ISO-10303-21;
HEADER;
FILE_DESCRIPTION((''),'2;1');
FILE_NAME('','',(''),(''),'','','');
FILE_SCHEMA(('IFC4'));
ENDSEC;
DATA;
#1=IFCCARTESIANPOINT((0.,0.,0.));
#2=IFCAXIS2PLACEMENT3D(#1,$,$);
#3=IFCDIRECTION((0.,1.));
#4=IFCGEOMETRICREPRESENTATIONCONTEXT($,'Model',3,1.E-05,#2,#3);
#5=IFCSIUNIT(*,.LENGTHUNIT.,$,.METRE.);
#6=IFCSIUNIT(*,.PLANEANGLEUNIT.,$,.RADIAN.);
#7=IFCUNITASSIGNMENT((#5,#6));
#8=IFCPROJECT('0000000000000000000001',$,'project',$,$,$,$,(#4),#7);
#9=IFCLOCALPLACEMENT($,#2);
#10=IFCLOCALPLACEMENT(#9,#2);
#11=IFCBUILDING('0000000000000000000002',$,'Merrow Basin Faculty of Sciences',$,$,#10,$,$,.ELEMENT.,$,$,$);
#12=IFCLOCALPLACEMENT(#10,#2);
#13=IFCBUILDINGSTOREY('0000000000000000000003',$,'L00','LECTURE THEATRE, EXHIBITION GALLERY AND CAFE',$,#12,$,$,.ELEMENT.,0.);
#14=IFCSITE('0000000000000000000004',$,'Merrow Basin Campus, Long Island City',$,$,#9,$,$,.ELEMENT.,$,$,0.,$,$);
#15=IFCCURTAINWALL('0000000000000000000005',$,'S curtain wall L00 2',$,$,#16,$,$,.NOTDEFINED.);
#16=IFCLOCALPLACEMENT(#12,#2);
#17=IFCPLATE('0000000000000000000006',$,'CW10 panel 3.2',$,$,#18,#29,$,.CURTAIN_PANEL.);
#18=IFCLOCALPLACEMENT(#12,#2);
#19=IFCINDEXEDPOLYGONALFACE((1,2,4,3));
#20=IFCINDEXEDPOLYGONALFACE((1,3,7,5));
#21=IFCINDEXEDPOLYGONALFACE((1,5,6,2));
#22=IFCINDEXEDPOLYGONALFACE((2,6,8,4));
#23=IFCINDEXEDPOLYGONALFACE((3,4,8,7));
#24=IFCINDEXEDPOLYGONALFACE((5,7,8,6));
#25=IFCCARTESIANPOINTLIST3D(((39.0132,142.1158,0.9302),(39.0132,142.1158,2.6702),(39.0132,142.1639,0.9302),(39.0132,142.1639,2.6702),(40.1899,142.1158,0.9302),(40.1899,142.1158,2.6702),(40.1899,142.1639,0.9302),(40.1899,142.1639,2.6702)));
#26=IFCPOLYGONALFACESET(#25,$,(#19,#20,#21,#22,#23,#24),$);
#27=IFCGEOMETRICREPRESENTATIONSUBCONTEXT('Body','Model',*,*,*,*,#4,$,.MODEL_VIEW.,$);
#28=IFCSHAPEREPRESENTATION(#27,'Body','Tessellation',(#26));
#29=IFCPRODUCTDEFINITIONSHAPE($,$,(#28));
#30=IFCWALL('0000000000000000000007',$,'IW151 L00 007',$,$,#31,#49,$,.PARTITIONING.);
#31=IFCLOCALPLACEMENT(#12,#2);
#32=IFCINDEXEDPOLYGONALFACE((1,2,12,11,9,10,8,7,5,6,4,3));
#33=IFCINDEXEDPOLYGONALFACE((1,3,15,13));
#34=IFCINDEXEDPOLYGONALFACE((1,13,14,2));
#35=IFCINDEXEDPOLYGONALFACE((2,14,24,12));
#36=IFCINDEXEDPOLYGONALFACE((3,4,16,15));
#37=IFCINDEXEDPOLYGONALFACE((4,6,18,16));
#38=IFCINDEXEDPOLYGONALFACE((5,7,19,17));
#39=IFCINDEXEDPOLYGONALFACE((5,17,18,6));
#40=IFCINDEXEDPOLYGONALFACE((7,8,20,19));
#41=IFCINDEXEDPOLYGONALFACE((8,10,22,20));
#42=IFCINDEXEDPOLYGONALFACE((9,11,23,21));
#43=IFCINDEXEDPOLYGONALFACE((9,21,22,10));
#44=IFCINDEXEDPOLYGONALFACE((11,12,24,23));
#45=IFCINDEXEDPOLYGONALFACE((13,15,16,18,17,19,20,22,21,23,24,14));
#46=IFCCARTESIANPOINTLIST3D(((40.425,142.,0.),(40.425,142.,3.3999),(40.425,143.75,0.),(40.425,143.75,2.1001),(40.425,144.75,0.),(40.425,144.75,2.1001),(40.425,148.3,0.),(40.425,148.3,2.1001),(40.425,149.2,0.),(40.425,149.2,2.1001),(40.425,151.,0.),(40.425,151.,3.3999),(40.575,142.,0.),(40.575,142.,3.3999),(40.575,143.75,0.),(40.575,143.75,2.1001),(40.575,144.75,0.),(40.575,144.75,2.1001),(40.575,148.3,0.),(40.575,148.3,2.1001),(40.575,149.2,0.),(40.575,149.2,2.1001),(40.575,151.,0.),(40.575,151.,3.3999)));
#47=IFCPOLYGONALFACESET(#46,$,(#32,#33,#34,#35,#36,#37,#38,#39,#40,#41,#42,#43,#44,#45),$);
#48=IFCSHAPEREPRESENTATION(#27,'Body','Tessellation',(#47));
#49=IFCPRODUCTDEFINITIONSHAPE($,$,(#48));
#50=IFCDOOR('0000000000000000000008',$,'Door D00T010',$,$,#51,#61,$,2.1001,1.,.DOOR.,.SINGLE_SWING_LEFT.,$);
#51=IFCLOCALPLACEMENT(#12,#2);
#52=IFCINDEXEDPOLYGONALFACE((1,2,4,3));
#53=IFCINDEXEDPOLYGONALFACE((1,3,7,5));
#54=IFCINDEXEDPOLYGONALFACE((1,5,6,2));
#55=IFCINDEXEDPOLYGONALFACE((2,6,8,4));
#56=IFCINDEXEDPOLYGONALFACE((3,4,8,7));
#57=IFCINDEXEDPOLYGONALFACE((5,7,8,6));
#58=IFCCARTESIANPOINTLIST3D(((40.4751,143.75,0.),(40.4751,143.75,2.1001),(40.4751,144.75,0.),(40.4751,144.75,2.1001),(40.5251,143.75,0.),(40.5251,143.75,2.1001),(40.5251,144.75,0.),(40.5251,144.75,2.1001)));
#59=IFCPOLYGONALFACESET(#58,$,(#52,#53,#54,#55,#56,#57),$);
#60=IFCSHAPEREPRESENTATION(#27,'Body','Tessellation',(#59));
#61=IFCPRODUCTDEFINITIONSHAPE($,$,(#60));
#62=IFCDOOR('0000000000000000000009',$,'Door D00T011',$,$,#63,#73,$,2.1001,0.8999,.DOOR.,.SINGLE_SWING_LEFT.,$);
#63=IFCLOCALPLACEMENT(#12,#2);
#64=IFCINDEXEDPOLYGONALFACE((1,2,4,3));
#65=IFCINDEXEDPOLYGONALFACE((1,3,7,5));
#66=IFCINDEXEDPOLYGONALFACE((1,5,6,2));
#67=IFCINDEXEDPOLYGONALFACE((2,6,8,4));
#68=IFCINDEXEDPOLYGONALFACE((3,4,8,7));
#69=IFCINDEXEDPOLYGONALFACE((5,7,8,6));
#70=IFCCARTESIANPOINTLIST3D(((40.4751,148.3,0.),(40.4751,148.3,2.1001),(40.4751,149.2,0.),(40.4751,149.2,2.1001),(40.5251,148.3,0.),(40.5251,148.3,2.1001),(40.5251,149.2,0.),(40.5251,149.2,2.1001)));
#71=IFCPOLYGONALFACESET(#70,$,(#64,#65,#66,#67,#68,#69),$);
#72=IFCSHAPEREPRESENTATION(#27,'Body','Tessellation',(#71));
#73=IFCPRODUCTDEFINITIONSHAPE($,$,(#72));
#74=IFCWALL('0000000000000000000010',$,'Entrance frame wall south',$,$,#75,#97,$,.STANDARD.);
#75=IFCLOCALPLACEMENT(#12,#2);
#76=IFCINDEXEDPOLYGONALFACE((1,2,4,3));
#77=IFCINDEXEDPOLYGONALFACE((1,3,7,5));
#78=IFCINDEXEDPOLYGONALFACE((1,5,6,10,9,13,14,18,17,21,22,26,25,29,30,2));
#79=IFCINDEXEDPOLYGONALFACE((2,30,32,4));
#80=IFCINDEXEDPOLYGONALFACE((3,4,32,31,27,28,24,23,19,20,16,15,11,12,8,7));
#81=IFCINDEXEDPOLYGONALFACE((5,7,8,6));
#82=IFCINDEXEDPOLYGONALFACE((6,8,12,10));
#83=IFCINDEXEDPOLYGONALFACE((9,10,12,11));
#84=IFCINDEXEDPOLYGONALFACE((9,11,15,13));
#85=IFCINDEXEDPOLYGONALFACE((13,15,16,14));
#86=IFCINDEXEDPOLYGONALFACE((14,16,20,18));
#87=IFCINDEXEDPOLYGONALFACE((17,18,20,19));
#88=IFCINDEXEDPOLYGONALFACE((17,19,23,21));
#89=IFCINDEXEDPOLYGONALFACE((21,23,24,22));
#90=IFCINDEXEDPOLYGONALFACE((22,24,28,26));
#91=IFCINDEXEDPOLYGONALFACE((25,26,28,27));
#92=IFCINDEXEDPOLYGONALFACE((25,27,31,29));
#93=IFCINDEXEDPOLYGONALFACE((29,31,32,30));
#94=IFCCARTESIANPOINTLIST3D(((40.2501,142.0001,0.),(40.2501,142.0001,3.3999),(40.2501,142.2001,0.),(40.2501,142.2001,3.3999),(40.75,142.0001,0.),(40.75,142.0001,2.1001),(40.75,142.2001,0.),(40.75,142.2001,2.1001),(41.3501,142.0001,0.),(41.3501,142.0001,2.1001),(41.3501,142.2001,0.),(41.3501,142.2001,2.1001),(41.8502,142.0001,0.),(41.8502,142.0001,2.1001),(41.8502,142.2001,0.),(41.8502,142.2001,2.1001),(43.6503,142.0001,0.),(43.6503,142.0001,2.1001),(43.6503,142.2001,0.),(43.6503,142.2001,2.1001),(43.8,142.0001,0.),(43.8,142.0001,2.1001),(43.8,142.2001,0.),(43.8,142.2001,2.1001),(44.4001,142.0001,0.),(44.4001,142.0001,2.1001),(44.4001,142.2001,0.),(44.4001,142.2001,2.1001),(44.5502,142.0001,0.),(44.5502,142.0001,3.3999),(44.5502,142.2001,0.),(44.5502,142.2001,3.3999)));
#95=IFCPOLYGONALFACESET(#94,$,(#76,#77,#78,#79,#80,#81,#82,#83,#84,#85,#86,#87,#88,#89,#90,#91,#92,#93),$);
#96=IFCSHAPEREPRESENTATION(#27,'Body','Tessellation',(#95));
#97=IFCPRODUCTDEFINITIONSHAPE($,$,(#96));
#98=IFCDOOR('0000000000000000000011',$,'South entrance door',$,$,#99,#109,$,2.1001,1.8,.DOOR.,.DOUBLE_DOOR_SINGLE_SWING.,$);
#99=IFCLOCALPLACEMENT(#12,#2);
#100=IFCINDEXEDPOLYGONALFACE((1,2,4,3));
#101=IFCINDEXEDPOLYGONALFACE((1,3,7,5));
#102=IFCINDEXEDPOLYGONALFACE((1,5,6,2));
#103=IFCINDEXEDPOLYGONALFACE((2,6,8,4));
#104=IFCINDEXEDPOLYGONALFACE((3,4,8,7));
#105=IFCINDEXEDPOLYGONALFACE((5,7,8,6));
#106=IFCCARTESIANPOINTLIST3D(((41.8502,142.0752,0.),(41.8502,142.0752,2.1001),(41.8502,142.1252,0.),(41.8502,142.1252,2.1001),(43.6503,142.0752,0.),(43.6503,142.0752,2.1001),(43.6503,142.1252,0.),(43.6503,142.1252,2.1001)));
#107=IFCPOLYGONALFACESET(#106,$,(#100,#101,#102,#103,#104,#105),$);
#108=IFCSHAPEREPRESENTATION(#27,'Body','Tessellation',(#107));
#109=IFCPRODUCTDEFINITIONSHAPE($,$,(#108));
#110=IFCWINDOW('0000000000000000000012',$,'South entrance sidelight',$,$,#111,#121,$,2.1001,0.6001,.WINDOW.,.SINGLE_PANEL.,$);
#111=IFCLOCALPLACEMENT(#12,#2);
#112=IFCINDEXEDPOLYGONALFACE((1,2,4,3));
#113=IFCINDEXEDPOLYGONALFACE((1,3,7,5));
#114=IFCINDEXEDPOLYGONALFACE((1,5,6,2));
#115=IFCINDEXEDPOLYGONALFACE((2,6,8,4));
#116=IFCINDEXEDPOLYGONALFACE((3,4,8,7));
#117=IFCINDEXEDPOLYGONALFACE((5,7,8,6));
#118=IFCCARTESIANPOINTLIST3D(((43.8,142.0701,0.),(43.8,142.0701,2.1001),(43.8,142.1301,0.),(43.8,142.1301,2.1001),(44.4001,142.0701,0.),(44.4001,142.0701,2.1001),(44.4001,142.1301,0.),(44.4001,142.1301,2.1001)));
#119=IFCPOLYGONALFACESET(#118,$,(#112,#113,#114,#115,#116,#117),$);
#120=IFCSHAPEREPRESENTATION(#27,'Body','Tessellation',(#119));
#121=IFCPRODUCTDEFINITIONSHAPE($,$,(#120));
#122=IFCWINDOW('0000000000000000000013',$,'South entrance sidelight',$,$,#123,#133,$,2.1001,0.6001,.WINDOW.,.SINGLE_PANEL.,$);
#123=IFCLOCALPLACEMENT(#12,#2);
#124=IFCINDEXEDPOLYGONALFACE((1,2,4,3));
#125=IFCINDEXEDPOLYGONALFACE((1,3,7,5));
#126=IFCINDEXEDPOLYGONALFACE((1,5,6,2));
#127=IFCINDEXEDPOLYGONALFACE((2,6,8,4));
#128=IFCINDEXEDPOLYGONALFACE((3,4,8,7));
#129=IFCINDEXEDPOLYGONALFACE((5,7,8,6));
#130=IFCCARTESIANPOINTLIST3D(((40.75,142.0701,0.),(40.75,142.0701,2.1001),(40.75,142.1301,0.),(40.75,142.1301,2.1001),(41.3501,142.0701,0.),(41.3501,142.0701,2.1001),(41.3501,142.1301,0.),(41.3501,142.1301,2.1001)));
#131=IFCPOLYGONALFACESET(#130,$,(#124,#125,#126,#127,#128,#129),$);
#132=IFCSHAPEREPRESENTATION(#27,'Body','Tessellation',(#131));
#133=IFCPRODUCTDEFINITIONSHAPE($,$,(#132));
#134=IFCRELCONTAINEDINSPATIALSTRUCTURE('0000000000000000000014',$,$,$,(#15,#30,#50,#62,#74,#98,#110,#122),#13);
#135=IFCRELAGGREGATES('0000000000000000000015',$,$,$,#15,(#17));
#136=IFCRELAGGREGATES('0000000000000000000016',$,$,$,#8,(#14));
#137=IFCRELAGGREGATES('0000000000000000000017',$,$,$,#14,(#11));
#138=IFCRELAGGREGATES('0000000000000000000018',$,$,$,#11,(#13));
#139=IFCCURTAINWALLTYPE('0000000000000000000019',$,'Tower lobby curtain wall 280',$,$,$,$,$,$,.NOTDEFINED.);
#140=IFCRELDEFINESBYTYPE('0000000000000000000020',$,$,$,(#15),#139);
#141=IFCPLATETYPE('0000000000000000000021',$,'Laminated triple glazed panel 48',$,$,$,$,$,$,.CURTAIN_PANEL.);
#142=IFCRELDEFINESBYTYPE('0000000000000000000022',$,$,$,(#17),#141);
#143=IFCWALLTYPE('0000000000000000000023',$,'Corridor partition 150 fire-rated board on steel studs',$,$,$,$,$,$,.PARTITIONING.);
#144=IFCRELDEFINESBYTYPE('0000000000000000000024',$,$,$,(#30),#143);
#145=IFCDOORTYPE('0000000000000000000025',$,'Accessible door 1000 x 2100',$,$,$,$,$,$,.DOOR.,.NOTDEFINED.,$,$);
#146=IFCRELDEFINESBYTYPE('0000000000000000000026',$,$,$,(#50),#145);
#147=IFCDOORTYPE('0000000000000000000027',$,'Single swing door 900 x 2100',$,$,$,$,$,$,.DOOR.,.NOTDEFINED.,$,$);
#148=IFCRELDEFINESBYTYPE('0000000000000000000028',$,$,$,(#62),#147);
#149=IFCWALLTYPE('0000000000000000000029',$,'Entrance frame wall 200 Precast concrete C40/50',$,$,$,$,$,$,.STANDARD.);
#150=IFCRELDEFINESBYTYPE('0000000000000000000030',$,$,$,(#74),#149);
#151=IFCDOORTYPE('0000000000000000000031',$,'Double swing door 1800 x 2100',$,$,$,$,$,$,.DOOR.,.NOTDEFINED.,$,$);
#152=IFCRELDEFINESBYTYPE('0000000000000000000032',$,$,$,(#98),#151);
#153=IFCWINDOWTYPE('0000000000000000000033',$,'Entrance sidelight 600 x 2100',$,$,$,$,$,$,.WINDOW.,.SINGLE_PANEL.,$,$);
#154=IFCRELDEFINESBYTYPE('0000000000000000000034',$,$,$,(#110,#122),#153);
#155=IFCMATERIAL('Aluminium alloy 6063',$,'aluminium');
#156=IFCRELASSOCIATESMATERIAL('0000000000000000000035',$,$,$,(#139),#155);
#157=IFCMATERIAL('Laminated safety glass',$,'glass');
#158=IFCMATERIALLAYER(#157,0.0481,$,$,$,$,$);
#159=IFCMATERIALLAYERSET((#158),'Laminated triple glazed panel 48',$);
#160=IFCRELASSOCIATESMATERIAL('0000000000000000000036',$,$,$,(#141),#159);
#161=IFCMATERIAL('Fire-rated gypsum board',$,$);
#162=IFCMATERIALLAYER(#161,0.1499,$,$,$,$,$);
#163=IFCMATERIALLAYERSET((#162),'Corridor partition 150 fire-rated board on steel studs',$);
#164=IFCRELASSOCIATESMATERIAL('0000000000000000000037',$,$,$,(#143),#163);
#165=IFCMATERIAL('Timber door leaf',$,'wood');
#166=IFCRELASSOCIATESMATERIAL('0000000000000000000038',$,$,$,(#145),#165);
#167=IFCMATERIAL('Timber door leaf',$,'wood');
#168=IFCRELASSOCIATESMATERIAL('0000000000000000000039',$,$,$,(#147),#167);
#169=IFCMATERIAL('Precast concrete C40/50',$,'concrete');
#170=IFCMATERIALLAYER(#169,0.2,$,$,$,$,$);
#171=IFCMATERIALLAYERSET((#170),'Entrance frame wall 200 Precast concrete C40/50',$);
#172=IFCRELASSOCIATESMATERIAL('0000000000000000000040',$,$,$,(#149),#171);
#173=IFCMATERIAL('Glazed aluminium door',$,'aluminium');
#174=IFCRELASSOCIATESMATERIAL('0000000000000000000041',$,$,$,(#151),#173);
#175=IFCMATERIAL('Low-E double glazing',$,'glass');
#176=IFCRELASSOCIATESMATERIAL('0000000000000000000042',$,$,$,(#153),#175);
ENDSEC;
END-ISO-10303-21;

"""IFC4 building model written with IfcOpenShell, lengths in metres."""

from ifc_helpers import new_model, si_unit, direction, frame, frame_2d, origin, origin_2d, place, context, subcontext, project, spatial, rectangle, extrude, material, layer, layer_set, type_object, element, fill, aggregate, save


model = new_model("IFC4")

# Units and contexts
model_context = context("Model", 3, precision=1e-05, world=origin(), true_north=direction((0.0, 1.0)))
body_context = subcontext(model_context, "Body", "Model", "MODEL_VIEW")
ifc_project = project(units=[si_unit("LENGTHUNIT", "METRE"), si_unit("PLANEANGLEUNIT", "RADIAN")], contexts=[model_context])

# Site, building, storey
site_placement = place(None, origin())
site = spatial("IfcSite", under=ifc_project, at=site_placement, Name="Merrow Basin Campus, Long Island City", CompositionType="ELEMENT", RefElevation=0.0)
building_placement = place(site_placement, origin())
building = spatial("IfcBuilding", under=site, at=building_placement, Name="Merrow Basin Faculty of Sciences", CompositionType="ELEMENT")
storey_placement = place(building_placement, origin())
storey = spatial("IfcBuildingStorey", under=building, at=storey_placement, Name="L00", Description="LECTURE THEATRE, EXHIBITION GALLERY AND CAFE", CompositionType="ELEMENT", Elevation=0.0)

# Curtain wall
ifc_material_1 = material(Name="Aluminium alloy 6063", Category="aluminium")
curtain_wall_type = type_object("IfcCurtainWallType", Name="Tower lobby curtain wall 280", PredefinedType="NOTDEFINED", material=ifc_material_1)
curtain_wall_placement = place(storey_placement, origin())
curtain_wall = element("IfcCurtainWall", 1, at=curtain_wall_placement, inside=storey, type_object=curtain_wall_type, Name="S curtain wall L00 2", PredefinedType="NOTDEFINED")

# Plate
ifc_material_2 = material(Name="Laminated safety glass", Category="glass")
ifc_layer_1 = layer(ifc_material_2, 0.0481)
ifc_layer_set_1 = layer_set([ifc_layer_1], Name="Laminated triple glazed panel 48")
plate_type_1 = type_object("IfcPlateType", Name="Laminated triple glazed panel 48", PredefinedType="CURTAIN_PANEL", material=ifc_layer_set_1)
plate_1_placement = place(storey_placement, frame((39.6016, 142.1399, 0.9302), z_axis=(0.0, 0.0, 1.0), x_axis=(1.0, 0.0, 0.0)))
plate_1 = element("IfcPlate", 2, at=plate_1_placement, type_object=plate_type_1, Name="CW10 panel 3.2", PredefinedType="CURTAIN_PANEL", context=body_context, shape_type="SweptSolid", body=[
    extrude(rectangle(XDim=1.1768, YDim=0.0481, at=origin_2d()), origin(), (0.0, 0.0, 1.0), 1.74),
])
aggregate(curtain_wall, [plate_1])

# Wall, openings, doors
ifc_material_3 = material(Name="Fire-rated gypsum board")
ifc_layer_2 = layer(ifc_material_3, 0.1499)
ifc_layer_set_2 = layer_set([ifc_layer_2], Name="Corridor partition 150 fire-rated board on steel studs")
wall_type_1 = type_object("IfcWallType", Name="Corridor partition 150 fire-rated board on steel studs", PredefinedType="PARTITIONING", material=ifc_layer_set_2)
wall_1_placement = place(storey_placement, frame((40.5, 142.0, 0.0), z_axis=(0.0, 0.0, 1.0), x_axis=(0.0, 1.0, 0.0)))
wall_1 = element("IfcWall", 3, at=wall_1_placement, inside=storey, type_object=wall_type_1, Name="IW151 L00 007", PredefinedType="PARTITIONING", context=body_context, shape_type="SweptSolid", body=[
    extrude(rectangle(XDim=9.0, YDim=0.1499, at=frame_2d((4.5, 0.0))), origin(), (0.0, 0.0, 1.0), 3.3999),
])
opening_1_placement = place(wall_1_placement, frame((1.75, 0.0, 0.0)))
opening_1 = element("IfcOpeningElement", 4, at=opening_1_placement, cuts=wall_1, PredefinedType="OPENING", context=body_context, shape_type="SweptSolid", body=[
    extrude(rectangle(XDim=1.0, YDim=2.1001, at=frame_2d((0.5, 1.05))), frame((0.0, 0.085, 0.0), z_axis=(0.0, -1.0, 0.0), x_axis=(1.0, 0.0, 0.0)), (0.0, 0.0, 1.0), 0.1699),
])
opening_2_placement = place(wall_1_placement, frame((6.3, 0.0, 0.0)))
opening_2 = element("IfcOpeningElement", 5, at=opening_2_placement, cuts=wall_1, PredefinedType="OPENING", context=body_context, shape_type="SweptSolid", body=[
    extrude(rectangle(XDim=0.8999, YDim=2.1001, at=frame_2d((0.45, 1.05))), frame((0.0, 0.085, 0.0), z_axis=(0.0, -1.0, 0.0), x_axis=(1.0, 0.0, 0.0)), (0.0, 0.0, 1.0), 0.1699),
])
ifc_material_4 = material(Name="Timber door leaf", Category="wood")
door_type_1 = type_object("IfcDoorType", Name="Accessible door 1000 x 2100", OperationType="NOTDEFINED", PredefinedType="DOOR", material=ifc_material_4)
door_1_placement = place(opening_1_placement, origin())
door_1 = element("IfcDoor", 6, at=door_1_placement, inside=storey, type_object=door_type_1, Name="Door D00T010", OperationType="SINGLE_SWING_LEFT", OverallHeight=2.1001, OverallWidth=1.0, PredefinedType="DOOR", context=body_context, shape_type="SweptSolid", body=[
    extrude(rectangle(XDim=1.0, YDim=2.1001, at=frame_2d((0.5, 1.05))), frame((0.0, 0.0249, 0.0), z_axis=(0.0, -1.0, 0.0), x_axis=(1.0, 0.0, 0.0)), (0.0, 0.0, 1.0), 0.05),
])
fill(opening_1, door_1)
ifc_material_5 = material(Name="Timber door leaf", Category="wood")
door_type_2 = type_object("IfcDoorType", Name="Single swing door 900 x 2100", OperationType="NOTDEFINED", PredefinedType="DOOR", material=ifc_material_5)
door_2_placement = place(opening_2_placement, origin())
door_2 = element("IfcDoor", 7, at=door_2_placement, inside=storey, type_object=door_type_2, Name="Door D00T011", OperationType="SINGLE_SWING_LEFT", OverallHeight=2.1001, OverallWidth=0.8999, PredefinedType="DOOR", context=body_context, shape_type="SweptSolid", body=[
    extrude(rectangle(XDim=0.8999, YDim=2.1001, at=frame_2d((0.45, 1.05))), frame((0.0, 0.0249, 0.0), z_axis=(0.0, -1.0, 0.0), x_axis=(1.0, 0.0, 0.0)), (0.0, 0.0, 1.0), 0.05),
])
fill(opening_2, door_2)

# Wall, openings, door, windows
ifc_material_6 = material(Name="Precast concrete C40/50", Category="concrete")
ifc_layer_3 = layer(ifc_material_6, 0.2)
ifc_layer_set_3 = layer_set([ifc_layer_3], Name="Entrance frame wall 200 Precast concrete C40/50")
wall_type_2 = type_object("IfcWallType", Name="Entrance frame wall 200 Precast concrete C40/50", PredefinedType="STANDARD", material=ifc_layer_set_3)
wall_2_placement = place(storey_placement, frame((44.55, 142.1001, 0.0), z_axis=(0.0, 0.0, 1.0), x_axis=(-1.0, 0.0, 0.0)))
wall_2 = element("IfcWall", 8, at=wall_2_placement, inside=storey, type_object=wall_type_2, Name="Entrance frame wall south", PredefinedType="STANDARD", context=body_context, shape_type="SweptSolid", body=[
    extrude(rectangle(XDim=4.3, YDim=0.2, at=frame_2d((2.1499, 0.0))), origin(), (0.0, 0.0, 1.0), 3.3999),
])
opening_3_placement = place(wall_2_placement, frame((0.8999, 0.0, 0.0)))
opening_3 = element("IfcOpeningElement", 9, at=opening_3_placement, cuts=wall_2, PredefinedType="OPENING", context=body_context, shape_type="SweptSolid", body=[
    extrude(rectangle(XDim=1.8, YDim=2.1001, at=frame_2d((0.8999, 1.05))), frame((0.0, 0.1099, 0.0), z_axis=(0.0, -1.0, 0.0), x_axis=(1.0, 0.0, 0.0)), (0.0, 0.0, 1.0), 0.22),
])
opening_4_placement = place(wall_2_placement, frame((0.1499, 0.0, 0.0)))
opening_4 = element("IfcOpeningElement", 10, at=opening_4_placement, cuts=wall_2, PredefinedType="OPENING", context=body_context, shape_type="SweptSolid", body=[
    extrude(rectangle(XDim=0.6001, YDim=2.1001, at=frame_2d((0.3, 1.05))), frame((0.0, 0.1099, 0.0), z_axis=(0.0, -1.0, 0.0), x_axis=(1.0, 0.0, 0.0)), (0.0, 0.0, 1.0), 0.22),
])
opening_5_placement = place(wall_2_placement, frame((3.2, 0.0, 0.0)))
opening_5 = element("IfcOpeningElement", 11, at=opening_5_placement, cuts=wall_2, PredefinedType="OPENING", context=body_context, shape_type="SweptSolid", body=[
    extrude(rectangle(XDim=0.6001, YDim=2.1001, at=frame_2d((0.3, 1.05))), frame((0.0, 0.1099, 0.0), z_axis=(0.0, -1.0, 0.0), x_axis=(1.0, 0.0, 0.0)), (0.0, 0.0, 1.0), 0.22),
])
ifc_material_7 = material(Name="Glazed aluminium door", Category="aluminium")
door_type_3 = type_object("IfcDoorType", Name="Double swing door 1800 x 2100", OperationType="NOTDEFINED", PredefinedType="DOOR", material=ifc_material_7)
door_3_placement = place(opening_3_placement, origin())
door_3 = element("IfcDoor", 12, at=door_3_placement, inside=storey, type_object=door_type_3, Name="South entrance door", OperationType="DOUBLE_DOOR_SINGLE_SWING", OverallHeight=2.1001, OverallWidth=1.8, PredefinedType="DOOR", context=body_context, shape_type="SweptSolid", body=[
    extrude(rectangle(XDim=1.8, YDim=2.1001, at=frame_2d((0.8999, 1.05))), frame((0.0, 0.0249, 0.0), z_axis=(0.0, -1.0, 0.0), x_axis=(1.0, 0.0, 0.0)), (0.0, 0.0, 1.0), 0.05),
])
fill(opening_3, door_3)
ifc_material_8 = material(Name="Low-E double glazing", Category="glass")
window_type = type_object("IfcWindowType", Name="Entrance sidelight 600 x 2100", PartitioningType="SINGLE_PANEL", PredefinedType="WINDOW", material=ifc_material_8)
window_1_placement = place(opening_4_placement, origin())
window_1 = element("IfcWindow", 13, at=window_1_placement, inside=storey, type_object=window_type, Name="South entrance sidelight", OverallHeight=2.1001, OverallWidth=0.6001, PartitioningType="SINGLE_PANEL", PredefinedType="WINDOW", context=body_context, shape_type="SweptSolid", body=[
    extrude(rectangle(XDim=0.6001, YDim=2.1001, at=frame_2d((0.3, 1.05))), frame((0.0, 0.03, 0.0), z_axis=(0.0, -1.0, 0.0), x_axis=(1.0, 0.0, 0.0)), (0.0, 0.0, 1.0), 0.0601),
])
fill(opening_4, window_1)
window_2_placement = place(opening_5_placement, origin())
window_2 = element("IfcWindow", 14, at=window_2_placement, inside=storey, type_object=window_type, Name="South entrance sidelight", OverallHeight=2.1001, OverallWidth=0.6001, PartitioningType="SINGLE_PANEL", PredefinedType="WINDOW", context=body_context, shape_type="SweptSolid", body=[
    extrude(rectangle(XDim=0.6001, YDim=2.1001, at=frame_2d((0.3, 1.05))), frame((0.0, 0.03, 0.0), z_axis=(0.0, -1.0, 0.0), x_axis=(1.0, 0.0, 0.0)), (0.0, 0.0, 1.0), 0.0601),
])
fill(opening_5, window_2)

save(model, "model.ifc")
